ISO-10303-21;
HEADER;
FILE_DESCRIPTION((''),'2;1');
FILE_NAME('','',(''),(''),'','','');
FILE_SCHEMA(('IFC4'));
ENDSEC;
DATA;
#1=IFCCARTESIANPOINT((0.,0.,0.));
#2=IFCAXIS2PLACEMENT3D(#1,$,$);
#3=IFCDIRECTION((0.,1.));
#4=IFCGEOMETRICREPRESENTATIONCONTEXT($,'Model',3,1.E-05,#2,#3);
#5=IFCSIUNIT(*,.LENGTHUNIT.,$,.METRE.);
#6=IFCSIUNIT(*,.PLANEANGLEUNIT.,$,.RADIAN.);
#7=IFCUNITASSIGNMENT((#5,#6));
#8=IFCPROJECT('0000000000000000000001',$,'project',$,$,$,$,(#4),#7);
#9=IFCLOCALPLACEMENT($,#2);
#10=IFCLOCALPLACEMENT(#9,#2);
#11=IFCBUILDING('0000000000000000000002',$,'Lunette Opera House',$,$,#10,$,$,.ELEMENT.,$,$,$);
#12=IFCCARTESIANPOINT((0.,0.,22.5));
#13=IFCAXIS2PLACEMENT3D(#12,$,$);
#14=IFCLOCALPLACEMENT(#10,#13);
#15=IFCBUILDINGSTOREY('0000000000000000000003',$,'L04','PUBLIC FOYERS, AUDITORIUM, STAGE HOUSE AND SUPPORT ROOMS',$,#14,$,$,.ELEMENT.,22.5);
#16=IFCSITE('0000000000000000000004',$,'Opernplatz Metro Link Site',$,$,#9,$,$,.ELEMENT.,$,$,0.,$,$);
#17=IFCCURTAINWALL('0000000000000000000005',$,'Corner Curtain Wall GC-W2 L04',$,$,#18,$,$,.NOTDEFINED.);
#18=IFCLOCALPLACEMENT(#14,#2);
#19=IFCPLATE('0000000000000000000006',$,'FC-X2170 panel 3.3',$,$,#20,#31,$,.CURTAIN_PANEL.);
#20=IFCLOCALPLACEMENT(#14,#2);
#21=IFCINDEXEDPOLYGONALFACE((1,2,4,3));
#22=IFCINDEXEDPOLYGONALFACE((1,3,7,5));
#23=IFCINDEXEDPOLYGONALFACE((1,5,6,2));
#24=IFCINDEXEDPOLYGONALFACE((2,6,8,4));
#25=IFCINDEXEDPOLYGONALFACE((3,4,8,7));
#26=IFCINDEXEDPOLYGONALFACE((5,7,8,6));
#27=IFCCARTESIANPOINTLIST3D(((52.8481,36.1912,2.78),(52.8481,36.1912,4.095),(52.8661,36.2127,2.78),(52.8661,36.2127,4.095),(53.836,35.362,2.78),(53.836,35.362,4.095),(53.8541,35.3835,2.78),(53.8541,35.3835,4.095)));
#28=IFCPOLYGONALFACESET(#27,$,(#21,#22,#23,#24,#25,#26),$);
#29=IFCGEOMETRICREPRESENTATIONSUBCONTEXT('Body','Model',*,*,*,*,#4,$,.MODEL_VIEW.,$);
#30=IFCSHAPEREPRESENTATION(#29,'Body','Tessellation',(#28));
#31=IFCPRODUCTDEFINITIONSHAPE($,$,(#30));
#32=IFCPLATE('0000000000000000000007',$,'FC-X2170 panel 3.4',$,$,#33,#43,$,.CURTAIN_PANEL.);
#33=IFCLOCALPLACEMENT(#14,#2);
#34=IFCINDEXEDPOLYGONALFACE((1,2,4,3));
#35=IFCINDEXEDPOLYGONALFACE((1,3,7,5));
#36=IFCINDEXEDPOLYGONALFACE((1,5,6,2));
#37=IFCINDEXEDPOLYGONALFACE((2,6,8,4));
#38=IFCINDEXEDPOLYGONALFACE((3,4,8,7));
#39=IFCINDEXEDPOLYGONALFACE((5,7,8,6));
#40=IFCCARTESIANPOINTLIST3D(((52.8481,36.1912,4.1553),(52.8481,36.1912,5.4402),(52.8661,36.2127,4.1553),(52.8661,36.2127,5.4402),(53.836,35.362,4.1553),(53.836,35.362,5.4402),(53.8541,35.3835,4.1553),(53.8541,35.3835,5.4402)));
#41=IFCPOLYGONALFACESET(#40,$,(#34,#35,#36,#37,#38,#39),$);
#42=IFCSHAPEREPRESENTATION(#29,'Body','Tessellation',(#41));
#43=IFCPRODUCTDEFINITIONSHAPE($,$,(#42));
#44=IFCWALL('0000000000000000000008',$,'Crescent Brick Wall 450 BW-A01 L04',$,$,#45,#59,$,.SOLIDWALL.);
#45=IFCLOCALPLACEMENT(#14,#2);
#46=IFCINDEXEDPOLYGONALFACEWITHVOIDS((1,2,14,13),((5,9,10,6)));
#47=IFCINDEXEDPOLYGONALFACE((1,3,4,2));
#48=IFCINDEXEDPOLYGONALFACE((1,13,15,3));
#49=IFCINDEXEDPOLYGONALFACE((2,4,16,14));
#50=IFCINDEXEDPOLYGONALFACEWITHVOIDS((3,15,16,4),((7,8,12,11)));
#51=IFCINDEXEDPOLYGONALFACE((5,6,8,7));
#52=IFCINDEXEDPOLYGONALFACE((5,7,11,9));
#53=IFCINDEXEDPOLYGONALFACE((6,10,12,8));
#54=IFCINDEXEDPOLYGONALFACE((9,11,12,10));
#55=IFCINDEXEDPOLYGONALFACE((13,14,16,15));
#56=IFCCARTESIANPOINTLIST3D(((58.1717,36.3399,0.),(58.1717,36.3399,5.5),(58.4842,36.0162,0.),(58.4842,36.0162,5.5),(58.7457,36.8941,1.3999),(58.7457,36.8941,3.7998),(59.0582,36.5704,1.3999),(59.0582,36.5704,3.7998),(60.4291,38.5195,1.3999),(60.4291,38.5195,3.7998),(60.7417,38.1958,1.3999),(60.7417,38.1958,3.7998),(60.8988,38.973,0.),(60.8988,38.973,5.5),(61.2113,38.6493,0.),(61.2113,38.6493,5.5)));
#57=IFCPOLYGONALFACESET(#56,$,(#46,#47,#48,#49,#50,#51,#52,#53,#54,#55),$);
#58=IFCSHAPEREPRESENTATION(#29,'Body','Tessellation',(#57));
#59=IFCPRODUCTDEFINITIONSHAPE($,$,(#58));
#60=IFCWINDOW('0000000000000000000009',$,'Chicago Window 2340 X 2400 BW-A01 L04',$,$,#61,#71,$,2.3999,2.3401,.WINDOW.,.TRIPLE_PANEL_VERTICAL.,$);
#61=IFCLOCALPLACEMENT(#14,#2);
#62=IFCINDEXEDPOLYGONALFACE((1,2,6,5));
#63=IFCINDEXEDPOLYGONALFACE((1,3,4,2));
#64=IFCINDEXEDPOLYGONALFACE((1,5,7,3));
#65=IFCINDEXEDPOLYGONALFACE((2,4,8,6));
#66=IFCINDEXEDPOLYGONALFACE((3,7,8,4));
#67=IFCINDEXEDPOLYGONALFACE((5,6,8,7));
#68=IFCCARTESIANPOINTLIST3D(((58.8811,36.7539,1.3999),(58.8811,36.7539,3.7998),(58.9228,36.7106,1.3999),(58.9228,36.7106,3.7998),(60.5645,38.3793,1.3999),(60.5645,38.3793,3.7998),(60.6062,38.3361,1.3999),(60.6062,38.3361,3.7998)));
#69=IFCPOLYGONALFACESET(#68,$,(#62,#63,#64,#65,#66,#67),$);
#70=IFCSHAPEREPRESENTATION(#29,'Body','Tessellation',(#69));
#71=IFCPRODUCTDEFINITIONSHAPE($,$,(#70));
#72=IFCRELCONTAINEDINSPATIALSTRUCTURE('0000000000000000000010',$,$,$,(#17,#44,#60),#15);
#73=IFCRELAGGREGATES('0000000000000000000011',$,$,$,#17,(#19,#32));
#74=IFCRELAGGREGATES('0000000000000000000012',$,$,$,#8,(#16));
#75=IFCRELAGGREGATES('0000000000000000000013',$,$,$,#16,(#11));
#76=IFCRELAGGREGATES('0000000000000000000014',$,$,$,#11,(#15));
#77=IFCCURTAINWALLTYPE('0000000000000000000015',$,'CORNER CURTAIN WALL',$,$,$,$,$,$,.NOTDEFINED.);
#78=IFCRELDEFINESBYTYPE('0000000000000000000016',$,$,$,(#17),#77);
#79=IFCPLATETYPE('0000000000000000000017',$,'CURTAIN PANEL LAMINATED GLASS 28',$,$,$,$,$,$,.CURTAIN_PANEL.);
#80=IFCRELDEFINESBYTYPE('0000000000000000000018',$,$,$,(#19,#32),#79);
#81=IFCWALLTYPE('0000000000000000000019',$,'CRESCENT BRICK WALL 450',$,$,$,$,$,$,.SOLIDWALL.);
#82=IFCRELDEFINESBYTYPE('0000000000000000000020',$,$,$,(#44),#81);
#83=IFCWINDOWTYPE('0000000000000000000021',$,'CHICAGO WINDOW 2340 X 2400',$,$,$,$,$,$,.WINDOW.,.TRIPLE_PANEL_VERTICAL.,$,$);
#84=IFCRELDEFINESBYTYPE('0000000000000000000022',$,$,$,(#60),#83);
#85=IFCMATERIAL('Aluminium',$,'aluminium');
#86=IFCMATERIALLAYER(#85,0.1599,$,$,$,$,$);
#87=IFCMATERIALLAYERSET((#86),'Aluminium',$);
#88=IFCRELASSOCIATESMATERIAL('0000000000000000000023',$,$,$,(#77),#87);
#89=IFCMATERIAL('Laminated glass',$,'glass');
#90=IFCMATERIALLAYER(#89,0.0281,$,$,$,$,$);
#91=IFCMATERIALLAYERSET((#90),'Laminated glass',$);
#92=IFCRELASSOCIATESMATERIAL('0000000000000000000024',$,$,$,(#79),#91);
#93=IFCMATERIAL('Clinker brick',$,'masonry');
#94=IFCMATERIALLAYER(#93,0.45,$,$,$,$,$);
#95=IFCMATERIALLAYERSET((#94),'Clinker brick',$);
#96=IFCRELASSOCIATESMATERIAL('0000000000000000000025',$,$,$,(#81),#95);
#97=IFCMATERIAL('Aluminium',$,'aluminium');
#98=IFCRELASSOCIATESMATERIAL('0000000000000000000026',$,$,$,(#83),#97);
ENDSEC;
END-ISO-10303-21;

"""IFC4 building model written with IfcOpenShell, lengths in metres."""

from ifc_helpers import new_model, si_unit, direction, frame, frame_2d, origin, origin_2d, place, context, subcontext, project, spatial, rectangle, extrude, material, layer, layer_set, type_object, element, fill, aggregate, save


model = new_model("IFC4")

# Units and contexts
model_context = context("Model", 3, precision=1e-05, world=origin(), true_north=direction((0.0, 1.0)))
body_context = subcontext(model_context, "Body", "Model", "MODEL_VIEW")
ifc_project = project(units=[si_unit("LENGTHUNIT", "METRE"), si_unit("PLANEANGLEUNIT", "RADIAN")], contexts=[model_context])

# Site, building, storey
site_placement = place(None, origin())
site = spatial("IfcSite", under=ifc_project, at=site_placement, Name="Opernplatz Metro Link Site", CompositionType="ELEMENT", RefElevation=0.0)
building_placement = place(site_placement, origin())
building = spatial("IfcBuilding", under=site, at=building_placement, Name="Lunette Opera House", CompositionType="ELEMENT")
storey_placement = place(building_placement, frame((0.0, 0.0, 22.5)))
storey = spatial("IfcBuildingStorey", under=building, at=storey_placement, Name="L04", Description="PUBLIC FOYERS, AUDITORIUM, STAGE HOUSE AND SUPPORT ROOMS", CompositionType="ELEMENT", Elevation=22.5)

# Shared definitions
ifc_material_1 = material(Name="Aluminium", Category="aluminium")
ifc_layer_1 = layer(ifc_material_1, 0.1599)
ifc_layer_set_1 = layer_set([ifc_layer_1], Name="Aluminium")
curtain_wall_type = type_object("IfcCurtainWallType", Name="CORNER CURTAIN WALL", PredefinedType="NOTDEFINED", material=ifc_layer_set_1)

# Curtain wall
curtain_wall_1_placement = place(storey_placement, origin())
curtain_wall_1 = element("IfcCurtainWall", 1, at=curtain_wall_1_placement, inside=storey, type_object=curtain_wall_type, Name="Corner Curtain Wall GC-W2 L04", PredefinedType="NOTDEFINED")

# Plates
ifc_material_2 = material(Name="Laminated glass", Category="glass")
ifc_layer_2 = layer(ifc_material_2, 0.0281)
ifc_layer_set_2 = layer_set([ifc_layer_2], Name="Laminated glass")
plate_type = type_object("IfcPlateType", Name="CURTAIN PANEL LAMINATED GLASS 28", PredefinedType="CURTAIN_PANEL", material=ifc_layer_set_2)
plate_1_placement = place(storey_placement, frame((53.3511, 35.7874, 2.78), z_axis=(0.0, 0.0, 1.0), x_axis=(-0.766, 0.64284, 0.0)))
plate_1 = element("IfcPlate", 2, at=plate_1_placement, type_object=plate_type, Name="FC-X2170 panel 3.3", PredefinedType="CURTAIN_PANEL", context=body_context, shape_type="SweptSolid", body=[
    extrude(rectangle(XDim=1.2898, YDim=0.0281, at=origin_2d()), origin(), (0.0, 0.0, 1.0), 1.3149),
])
plate_2_placement = place(storey_placement, frame((53.3511, 35.7874, 4.1553), z_axis=(0.0, 0.0, 1.0), x_axis=(-0.766, 0.64284, 0.0)))
plate_2 = element("IfcPlate", 3, at=plate_2_placement, type_object=plate_type, Name="FC-X2170 panel 3.4", PredefinedType="CURTAIN_PANEL", context=body_context, shape_type="SweptSolid", body=[
    extrude(rectangle(XDim=1.2898, YDim=0.0281, at=origin_2d()), origin(), (0.0, 0.0, 1.0), 1.2849),
])
aggregate(curtain_wall_1, [plate_1, plate_2])

# Wall, opening, window
ifc_material_3 = material(Name="Clinker brick", Category="masonry")
ifc_layer_3 = layer(ifc_material_3, 0.45)
ifc_layer_set_3 = layer_set([ifc_layer_3], Name="Clinker brick")
wall_type = type_object("IfcWallType", Name="CRESCENT BRICK WALL 450", PredefinedType="SOLIDWALL", material=ifc_layer_set_3)
wall_placement = place(storey_placement, frame((58.3279, 36.178, 0.0), z_axis=(0.0, 0.0, 1.0), x_axis=(0.719396, 0.6946, 0.0)))
wall = element("IfcWall", 4, at=wall_placement, inside=storey, type_object=wall_type, Name="Crescent Brick Wall 450 BW-A01 L04", PredefinedType="SOLIDWALL", context=body_context, shape_type="SweptSolid", body=[
    extrude(rectangle(XDim=3.7908, YDim=0.45, at=frame_2d((1.8955, 0.0))), origin(), (0.0, 0.0, 1.0), 5.5),
])
opening_placement = place(wall_placement, frame((0.7981, 0.0, 1.3999)))
opening = element("IfcOpeningElement", 5, at=opening_placement, cuts=wall, PredefinedType="OPENING", context=body_context, shape_type="SweptSolid", body=[
    extrude(rectangle(XDim=2.3401, YDim=2.3999, at=frame_2d((1.1699, 1.2))), frame((0.0, 0.2371, 0.0), z_axis=(0.0, -1.0, 0.0), x_axis=(1.0, 0.0, 0.0)), (0.0, 0.0, 1.0), 0.4739),
])
ifc_material_4 = material(Name="Aluminium", Category="aluminium")
window_type = type_object("IfcWindowType", Name="CHICAGO WINDOW 2340 X 2400", PartitioningType="TRIPLE_PANEL_VERTICAL", PredefinedType="WINDOW", material=ifc_material_4)
window_placement = place(opening_placement, origin())
window = element("IfcWindow", 6, at=window_placement, inside=storey, type_object=window_type, Name="Chicago Window 2340 X 2400 BW-A01 L04", OverallHeight=2.3999, OverallWidth=2.3401, PartitioningType="TRIPLE_PANEL_VERTICAL", PredefinedType="WINDOW", context=body_context, shape_type="SweptSolid", body=[
    extrude(rectangle(XDim=2.3401, YDim=2.3999, at=frame_2d((1.1699, 1.2))), frame((0.0, 0.03, 0.0), z_axis=(0.0, -1.0, 0.0), x_axis=(1.0, 0.0, 0.0)), (0.0, 0.0, 1.0), 0.0601),
])
fill(opening, window)

save(model, "model.ifc")
